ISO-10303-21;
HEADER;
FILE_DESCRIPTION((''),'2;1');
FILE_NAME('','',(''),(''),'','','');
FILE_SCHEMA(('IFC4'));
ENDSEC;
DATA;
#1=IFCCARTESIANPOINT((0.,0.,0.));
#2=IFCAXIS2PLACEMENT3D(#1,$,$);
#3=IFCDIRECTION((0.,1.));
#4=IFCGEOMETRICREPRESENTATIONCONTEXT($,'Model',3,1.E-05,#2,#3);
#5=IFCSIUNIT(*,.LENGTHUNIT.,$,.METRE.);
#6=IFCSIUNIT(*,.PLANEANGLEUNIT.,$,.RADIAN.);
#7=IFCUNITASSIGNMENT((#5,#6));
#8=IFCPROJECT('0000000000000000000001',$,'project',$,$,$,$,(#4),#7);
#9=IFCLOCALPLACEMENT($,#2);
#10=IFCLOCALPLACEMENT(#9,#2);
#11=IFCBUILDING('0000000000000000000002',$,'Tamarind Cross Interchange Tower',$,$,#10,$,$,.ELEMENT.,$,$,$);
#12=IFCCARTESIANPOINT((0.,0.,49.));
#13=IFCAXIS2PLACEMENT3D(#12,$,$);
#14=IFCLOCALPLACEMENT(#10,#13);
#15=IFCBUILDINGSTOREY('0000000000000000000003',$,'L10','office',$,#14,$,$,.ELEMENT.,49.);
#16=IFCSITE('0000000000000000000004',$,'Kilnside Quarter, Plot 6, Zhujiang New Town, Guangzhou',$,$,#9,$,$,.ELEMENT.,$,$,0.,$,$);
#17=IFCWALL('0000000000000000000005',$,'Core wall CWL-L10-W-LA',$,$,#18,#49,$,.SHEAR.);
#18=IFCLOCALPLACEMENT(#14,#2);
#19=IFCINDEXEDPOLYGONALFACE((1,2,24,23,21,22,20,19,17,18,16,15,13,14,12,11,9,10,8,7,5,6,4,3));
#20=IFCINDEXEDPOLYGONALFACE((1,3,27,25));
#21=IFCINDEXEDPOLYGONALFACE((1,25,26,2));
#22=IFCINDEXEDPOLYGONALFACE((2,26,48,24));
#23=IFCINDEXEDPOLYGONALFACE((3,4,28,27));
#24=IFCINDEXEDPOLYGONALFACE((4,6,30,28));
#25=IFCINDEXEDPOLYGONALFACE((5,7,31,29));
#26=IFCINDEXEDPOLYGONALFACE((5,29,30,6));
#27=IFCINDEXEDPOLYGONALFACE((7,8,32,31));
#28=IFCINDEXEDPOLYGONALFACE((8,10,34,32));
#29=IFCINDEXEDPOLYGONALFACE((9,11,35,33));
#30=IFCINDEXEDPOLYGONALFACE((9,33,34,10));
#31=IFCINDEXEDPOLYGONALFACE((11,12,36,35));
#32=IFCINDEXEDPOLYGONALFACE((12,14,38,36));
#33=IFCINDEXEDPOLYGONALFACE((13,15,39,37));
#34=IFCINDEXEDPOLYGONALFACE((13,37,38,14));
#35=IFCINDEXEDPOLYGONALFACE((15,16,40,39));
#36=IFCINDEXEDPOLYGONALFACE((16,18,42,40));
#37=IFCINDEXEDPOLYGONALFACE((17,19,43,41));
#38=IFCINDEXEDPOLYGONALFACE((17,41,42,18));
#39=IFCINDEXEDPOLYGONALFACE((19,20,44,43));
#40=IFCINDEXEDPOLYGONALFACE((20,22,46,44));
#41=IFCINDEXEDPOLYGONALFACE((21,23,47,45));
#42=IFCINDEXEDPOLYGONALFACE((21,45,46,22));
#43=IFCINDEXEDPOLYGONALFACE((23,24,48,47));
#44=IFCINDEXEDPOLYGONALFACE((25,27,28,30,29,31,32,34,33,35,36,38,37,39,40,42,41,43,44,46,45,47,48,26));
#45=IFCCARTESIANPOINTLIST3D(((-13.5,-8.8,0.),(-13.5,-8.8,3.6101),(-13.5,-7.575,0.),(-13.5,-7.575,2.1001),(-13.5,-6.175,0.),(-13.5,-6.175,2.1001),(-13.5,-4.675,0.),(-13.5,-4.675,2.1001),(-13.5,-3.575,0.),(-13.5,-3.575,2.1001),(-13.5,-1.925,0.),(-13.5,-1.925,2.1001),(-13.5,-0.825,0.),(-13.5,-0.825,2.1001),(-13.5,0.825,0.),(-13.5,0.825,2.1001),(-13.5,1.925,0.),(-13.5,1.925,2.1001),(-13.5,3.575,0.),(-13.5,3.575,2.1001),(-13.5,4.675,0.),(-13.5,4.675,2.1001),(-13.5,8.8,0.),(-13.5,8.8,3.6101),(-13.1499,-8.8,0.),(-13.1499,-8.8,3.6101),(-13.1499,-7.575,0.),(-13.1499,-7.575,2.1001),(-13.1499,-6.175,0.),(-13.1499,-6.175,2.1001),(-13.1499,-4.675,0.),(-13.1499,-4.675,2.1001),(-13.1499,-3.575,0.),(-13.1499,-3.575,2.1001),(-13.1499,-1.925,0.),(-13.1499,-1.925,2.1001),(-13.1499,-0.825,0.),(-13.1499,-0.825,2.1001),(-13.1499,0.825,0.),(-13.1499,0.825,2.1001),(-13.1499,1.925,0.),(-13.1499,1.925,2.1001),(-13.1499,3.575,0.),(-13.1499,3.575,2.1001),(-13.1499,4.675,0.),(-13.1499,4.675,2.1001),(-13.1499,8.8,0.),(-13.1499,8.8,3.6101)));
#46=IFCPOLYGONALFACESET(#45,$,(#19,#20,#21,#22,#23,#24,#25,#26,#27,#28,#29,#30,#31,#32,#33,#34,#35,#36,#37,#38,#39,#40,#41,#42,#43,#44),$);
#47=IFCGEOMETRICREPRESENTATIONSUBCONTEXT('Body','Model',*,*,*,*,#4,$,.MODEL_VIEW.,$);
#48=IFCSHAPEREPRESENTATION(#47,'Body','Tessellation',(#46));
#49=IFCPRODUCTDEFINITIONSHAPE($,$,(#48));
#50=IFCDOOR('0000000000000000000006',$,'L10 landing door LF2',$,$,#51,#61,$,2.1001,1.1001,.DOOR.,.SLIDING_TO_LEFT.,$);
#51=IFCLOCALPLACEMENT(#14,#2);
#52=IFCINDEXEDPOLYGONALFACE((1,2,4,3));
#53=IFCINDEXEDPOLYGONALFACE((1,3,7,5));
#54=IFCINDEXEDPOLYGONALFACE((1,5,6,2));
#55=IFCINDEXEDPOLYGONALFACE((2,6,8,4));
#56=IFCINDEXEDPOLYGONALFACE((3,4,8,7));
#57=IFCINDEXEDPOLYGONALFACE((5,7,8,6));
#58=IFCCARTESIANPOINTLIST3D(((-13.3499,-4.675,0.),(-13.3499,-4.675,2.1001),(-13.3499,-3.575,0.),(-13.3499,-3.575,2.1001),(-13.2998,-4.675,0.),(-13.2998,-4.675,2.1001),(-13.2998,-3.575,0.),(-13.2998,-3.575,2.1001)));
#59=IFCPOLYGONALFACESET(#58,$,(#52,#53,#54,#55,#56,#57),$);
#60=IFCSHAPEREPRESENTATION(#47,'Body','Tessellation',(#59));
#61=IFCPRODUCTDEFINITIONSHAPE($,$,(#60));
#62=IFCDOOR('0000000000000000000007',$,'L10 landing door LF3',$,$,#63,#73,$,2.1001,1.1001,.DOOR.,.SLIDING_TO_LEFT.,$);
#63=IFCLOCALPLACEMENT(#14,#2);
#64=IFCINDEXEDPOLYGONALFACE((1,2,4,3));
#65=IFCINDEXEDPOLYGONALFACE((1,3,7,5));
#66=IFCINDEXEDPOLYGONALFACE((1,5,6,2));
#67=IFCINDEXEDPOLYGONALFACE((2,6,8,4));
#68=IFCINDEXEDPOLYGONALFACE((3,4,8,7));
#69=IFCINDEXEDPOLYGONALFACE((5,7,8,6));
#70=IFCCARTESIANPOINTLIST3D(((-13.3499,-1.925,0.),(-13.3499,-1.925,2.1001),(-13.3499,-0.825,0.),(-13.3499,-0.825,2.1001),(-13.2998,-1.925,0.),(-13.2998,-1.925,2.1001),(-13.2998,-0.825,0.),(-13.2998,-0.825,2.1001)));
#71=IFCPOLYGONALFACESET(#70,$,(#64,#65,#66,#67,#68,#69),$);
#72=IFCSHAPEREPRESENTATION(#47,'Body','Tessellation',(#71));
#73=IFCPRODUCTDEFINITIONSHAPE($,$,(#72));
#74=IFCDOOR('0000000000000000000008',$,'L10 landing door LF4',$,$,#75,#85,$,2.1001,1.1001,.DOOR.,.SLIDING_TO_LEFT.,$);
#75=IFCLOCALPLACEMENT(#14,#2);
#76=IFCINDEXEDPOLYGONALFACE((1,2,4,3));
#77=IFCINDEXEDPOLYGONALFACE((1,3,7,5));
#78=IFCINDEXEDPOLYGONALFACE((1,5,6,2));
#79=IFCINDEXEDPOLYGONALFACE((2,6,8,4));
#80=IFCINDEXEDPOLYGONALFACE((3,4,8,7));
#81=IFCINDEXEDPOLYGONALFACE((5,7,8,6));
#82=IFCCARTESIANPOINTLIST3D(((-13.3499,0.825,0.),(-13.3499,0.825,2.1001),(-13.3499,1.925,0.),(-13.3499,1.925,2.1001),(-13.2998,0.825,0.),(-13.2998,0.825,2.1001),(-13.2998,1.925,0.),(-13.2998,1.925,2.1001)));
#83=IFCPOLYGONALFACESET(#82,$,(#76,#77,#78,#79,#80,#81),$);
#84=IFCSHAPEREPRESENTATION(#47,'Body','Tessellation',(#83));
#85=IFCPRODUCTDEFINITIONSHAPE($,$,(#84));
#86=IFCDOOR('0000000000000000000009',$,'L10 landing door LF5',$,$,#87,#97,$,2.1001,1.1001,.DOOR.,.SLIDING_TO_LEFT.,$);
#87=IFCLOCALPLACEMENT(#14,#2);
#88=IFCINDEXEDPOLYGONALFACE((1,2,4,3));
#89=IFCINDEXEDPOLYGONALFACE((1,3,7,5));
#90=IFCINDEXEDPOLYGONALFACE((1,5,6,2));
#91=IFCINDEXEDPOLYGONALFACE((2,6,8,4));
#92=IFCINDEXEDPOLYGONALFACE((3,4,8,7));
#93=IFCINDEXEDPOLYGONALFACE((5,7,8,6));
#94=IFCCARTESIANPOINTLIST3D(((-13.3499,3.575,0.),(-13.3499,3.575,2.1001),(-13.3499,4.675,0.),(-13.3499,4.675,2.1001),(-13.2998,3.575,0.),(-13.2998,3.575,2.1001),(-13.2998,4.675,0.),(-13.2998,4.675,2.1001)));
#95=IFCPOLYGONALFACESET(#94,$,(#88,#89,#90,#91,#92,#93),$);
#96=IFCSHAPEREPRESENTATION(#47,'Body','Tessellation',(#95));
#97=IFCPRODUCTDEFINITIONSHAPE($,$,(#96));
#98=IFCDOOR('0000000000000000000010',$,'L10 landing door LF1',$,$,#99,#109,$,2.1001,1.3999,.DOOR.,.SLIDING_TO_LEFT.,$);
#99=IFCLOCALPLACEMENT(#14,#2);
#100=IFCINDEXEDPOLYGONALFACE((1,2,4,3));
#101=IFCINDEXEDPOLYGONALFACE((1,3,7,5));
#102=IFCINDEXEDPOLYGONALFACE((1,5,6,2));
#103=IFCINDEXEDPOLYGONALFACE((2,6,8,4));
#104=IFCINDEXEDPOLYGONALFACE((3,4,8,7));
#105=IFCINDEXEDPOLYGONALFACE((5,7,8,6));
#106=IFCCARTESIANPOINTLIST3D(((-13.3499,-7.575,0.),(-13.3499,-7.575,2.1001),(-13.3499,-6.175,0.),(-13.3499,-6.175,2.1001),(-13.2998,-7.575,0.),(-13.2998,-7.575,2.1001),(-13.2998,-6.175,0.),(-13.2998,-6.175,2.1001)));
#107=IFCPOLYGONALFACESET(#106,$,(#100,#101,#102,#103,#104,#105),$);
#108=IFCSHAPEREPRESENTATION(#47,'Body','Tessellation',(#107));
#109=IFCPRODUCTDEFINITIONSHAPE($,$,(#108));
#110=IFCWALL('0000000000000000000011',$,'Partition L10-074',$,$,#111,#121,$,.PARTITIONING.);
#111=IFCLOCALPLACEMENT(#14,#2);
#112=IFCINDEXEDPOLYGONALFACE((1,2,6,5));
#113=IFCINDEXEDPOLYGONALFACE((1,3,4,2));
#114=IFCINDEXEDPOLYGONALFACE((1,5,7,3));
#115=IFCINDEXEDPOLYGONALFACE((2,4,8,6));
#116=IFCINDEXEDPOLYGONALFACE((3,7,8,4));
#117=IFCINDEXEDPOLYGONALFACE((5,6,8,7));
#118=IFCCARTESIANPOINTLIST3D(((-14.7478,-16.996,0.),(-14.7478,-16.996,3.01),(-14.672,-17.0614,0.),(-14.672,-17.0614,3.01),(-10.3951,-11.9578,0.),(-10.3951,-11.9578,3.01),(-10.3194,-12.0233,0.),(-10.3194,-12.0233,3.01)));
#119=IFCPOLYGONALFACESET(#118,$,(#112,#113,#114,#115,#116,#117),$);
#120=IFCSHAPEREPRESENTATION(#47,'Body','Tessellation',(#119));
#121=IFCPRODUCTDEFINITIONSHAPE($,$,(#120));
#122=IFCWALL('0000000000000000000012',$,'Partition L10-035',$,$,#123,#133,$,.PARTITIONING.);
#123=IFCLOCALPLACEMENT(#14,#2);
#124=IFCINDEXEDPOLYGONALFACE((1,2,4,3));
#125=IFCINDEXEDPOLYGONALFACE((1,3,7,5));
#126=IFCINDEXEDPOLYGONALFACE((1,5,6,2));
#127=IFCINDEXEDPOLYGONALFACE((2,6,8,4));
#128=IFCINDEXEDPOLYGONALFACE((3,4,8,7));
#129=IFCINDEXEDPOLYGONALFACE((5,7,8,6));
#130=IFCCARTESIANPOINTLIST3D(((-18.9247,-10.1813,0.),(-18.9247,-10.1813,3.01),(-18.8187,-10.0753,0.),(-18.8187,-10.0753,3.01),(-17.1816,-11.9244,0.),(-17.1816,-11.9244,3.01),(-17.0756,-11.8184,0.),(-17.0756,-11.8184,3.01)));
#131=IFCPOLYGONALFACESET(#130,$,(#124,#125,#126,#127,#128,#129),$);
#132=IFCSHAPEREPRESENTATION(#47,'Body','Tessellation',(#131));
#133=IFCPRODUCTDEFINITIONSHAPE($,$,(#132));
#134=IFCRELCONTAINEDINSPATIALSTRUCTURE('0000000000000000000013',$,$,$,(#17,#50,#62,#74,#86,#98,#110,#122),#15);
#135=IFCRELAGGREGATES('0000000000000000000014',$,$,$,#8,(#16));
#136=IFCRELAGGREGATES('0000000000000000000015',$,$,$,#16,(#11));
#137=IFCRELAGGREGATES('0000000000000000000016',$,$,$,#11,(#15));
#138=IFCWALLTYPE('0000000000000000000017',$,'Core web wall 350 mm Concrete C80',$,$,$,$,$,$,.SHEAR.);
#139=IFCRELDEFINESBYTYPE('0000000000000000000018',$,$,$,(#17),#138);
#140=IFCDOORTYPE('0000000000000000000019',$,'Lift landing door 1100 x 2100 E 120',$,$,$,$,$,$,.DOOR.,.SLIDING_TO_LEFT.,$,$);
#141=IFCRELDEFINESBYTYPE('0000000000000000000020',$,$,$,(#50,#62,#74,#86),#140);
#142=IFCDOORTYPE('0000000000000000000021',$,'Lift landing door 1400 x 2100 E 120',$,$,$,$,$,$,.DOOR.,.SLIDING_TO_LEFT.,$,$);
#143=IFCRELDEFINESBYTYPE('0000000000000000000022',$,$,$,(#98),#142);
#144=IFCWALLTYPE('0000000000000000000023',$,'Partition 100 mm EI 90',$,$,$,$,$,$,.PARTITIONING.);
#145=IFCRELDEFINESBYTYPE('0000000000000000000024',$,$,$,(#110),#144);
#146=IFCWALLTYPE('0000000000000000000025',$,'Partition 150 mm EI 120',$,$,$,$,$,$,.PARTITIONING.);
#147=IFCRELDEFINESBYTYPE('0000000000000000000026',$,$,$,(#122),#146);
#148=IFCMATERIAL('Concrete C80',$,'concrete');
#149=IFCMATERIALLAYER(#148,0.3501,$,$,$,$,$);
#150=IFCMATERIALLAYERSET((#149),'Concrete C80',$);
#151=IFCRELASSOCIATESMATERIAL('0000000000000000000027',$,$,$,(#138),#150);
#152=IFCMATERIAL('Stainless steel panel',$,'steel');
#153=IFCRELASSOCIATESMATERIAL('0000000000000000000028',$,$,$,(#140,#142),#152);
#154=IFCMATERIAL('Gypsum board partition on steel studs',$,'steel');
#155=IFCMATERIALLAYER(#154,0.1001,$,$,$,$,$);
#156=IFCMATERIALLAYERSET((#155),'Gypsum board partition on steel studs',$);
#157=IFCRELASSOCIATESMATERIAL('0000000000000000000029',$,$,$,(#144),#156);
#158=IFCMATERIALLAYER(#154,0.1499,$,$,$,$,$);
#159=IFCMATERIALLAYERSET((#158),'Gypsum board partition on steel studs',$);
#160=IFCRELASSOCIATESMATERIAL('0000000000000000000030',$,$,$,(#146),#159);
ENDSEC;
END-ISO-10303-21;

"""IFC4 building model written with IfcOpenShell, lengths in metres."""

from ifc_helpers import new_model, si_unit, direction, frame, frame_2d, origin, place, context, subcontext, project, spatial, rectangle, extrude, material, layer, layer_set, type_object, element, fill, save


model = new_model("IFC4")

# Units and contexts
model_context = context("Model", 3, precision=1e-05, world=origin(), true_north=direction((0.0, 1.0)))
body_context = subcontext(model_context, "Body", "Model", "MODEL_VIEW")
ifc_project = project(units=[si_unit("LENGTHUNIT", "METRE"), si_unit("PLANEANGLEUNIT", "RADIAN")], contexts=[model_context])

# Site, building, storey
site_placement = place(None, origin())
site = spatial("IfcSite", under=ifc_project, at=site_placement, Name="Kilnside Quarter, Plot 6, Zhujiang New Town, Guangzhou", CompositionType="ELEMENT", RefElevation=0.0)
building_placement = place(site_placement, origin())
building = spatial("IfcBuilding", under=site, at=building_placement, Name="Tamarind Cross Interchange Tower", CompositionType="ELEMENT")
storey_placement = place(building_placement, frame((0.0, 0.0, 49.0)))
storey = spatial("IfcBuildingStorey", under=building, at=storey_placement, Name="L10", Description="office", CompositionType="ELEMENT", Elevation=49.0)

# Wall, openings, doors
ifc_material_1 = material(Name="Concrete C80", Category="concrete")
ifc_layer_1 = layer(ifc_material_1, 0.3501)
ifc_layer_set_1 = layer_set([ifc_layer_1], Name="Concrete C80")
wall_type_1 = type_object("IfcWallType", Name="Core web wall 350 mm Concrete C80", PredefinedType="SHEAR", material=ifc_layer_set_1)
wall_1_placement = place(storey_placement, frame((-13.325, -8.8, 0.0), z_axis=(0.0, 0.0, 1.0), x_axis=(0.0, 1.0, 0.0)))
wall_1 = element("IfcWall", 1, at=wall_1_placement, inside=storey, type_object=wall_type_1, Name="Core wall CWL-L10-W-LA", PredefinedType="SHEAR", context=body_context, shape_type="SweptSolid", body=[
    extrude(rectangle(XDim=17.6001, YDim=0.3501, at=frame_2d((8.8, 0.0))), origin(), (0.0, 0.0, 1.0), 3.6101),
])
opening_1_placement = place(wall_1_placement, frame((1.2251, 0.0, 0.0)))
opening_1 = element("IfcOpeningElement", 2, at=opening_1_placement, cuts=wall_1, PredefinedType="OPENING", context=body_context, shape_type="SweptSolid", body=[
    extrude(rectangle(XDim=1.3999, YDim=2.1001, at=frame_2d((0.7, 1.05))), frame((0.0, 0.1851, 0.0), z_axis=(0.0, -1.0, 0.0), x_axis=(1.0, 0.0, 0.0)), (0.0, 0.0, 1.0), 0.3701),
])
opening_2_placement = place(wall_1_placement, frame((4.125, 0.0, 0.0)))
opening_2 = element("IfcOpeningElement", 3, at=opening_2_placement, cuts=wall_1, PredefinedType="OPENING", context=body_context, shape_type="SweptSolid", body=[
    extrude(rectangle(XDim=1.1001, YDim=2.1001, at=frame_2d((0.55, 1.05))), frame((0.0, 0.1851, 0.0), z_axis=(0.0, -1.0, 0.0), x_axis=(1.0, 0.0, 0.0)), (0.0, 0.0, 1.0), 0.3701),
])
opening_3_placement = place(wall_1_placement, frame((6.875, 0.0, 0.0)))
opening_3 = element("IfcOpeningElement", 4, at=opening_3_placement, cuts=wall_1, PredefinedType="OPENING", context=body_context, shape_type="SweptSolid", body=[
    extrude(rectangle(XDim=1.1001, YDim=2.1001, at=frame_2d((0.55, 1.05))), frame((0.0, 0.1851, 0.0), z_axis=(0.0, -1.0, 0.0), x_axis=(1.0, 0.0, 0.0)), (0.0, 0.0, 1.0), 0.3701),
])
opening_4_placement = place(wall_1_placement, frame((9.625, 0.0, 0.0)))
opening_4 = element("IfcOpeningElement", 5, at=opening_4_placement, cuts=wall_1, PredefinedType="OPENING", context=body_context, shape_type="SweptSolid", body=[
    extrude(rectangle(XDim=1.1001, YDim=2.1001, at=frame_2d((0.55, 1.05))), frame((0.0, 0.1851, 0.0), z_axis=(0.0, -1.0, 0.0), x_axis=(1.0, 0.0, 0.0)), (0.0, 0.0, 1.0), 0.3701),
])
opening_5_placement = place(wall_1_placement, frame((12.375, 0.0, 0.0)))
opening_5 = element("IfcOpeningElement", 6, at=opening_5_placement, cuts=wall_1, PredefinedType="OPENING", context=body_context, shape_type="SweptSolid", body=[
    extrude(rectangle(XDim=1.1001, YDim=2.1001, at=frame_2d((0.55, 1.05))), frame((0.0, 0.1851, 0.0), z_axis=(0.0, -1.0, 0.0), x_axis=(1.0, 0.0, 0.0)), (0.0, 0.0, 1.0), 0.3701),
])
ifc_material_2 = material(Name="Stainless steel panel", Category="steel")
door_type_1 = type_object("IfcDoorType", Name="Lift landing door 1100 x 2100 E 120", OperationType="SLIDING_TO_LEFT", PredefinedType="DOOR", material=ifc_material_2)
door_1_placement = place(opening_2_placement, origin())
door_1 = element("IfcDoor", 7, at=door_1_placement, inside=storey, type_object=door_type_1, Name="L10 landing door LF2", OperationType="SLIDING_TO_LEFT", OverallHeight=2.1001, OverallWidth=1.1001, PredefinedType="DOOR", context=body_context, shape_type="SweptSolid", body=[
    extrude(rectangle(XDim=1.1001, YDim=2.1001, at=frame_2d((0.55, 1.05))), frame((0.0, 0.0249, 0.0), z_axis=(0.0, -1.0, 0.0), x_axis=(1.0, 0.0, 0.0)), (0.0, 0.0, 1.0), 0.05),
])
fill(opening_2, door_1)
door_2_placement = place(opening_3_placement, origin())
door_2 = element("IfcDoor", 8, at=door_2_placement, inside=storey, type_object=door_type_1, Name="L10 landing door LF3", OperationType="SLIDING_TO_LEFT", OverallHeight=2.1001, OverallWidth=1.1001, PredefinedType="DOOR", context=body_context, shape_type="SweptSolid", body=[
    extrude(rectangle(XDim=1.1001, YDim=2.1001, at=frame_2d((0.55, 1.05))), frame((0.0, 0.0249, 0.0), z_axis=(0.0, -1.0, 0.0), x_axis=(1.0, 0.0, 0.0)), (0.0, 0.0, 1.0), 0.05),
])
fill(opening_3, door_2)
door_3_placement = place(opening_4_placement, origin())
door_3 = element("IfcDoor", 9, at=door_3_placement, inside=storey, type_object=door_type_1, Name="L10 landing door LF4", OperationType="SLIDING_TO_LEFT", OverallHeight=2.1001, OverallWidth=1.1001, PredefinedType="DOOR", context=body_context, shape_type="SweptSolid", body=[
    extrude(rectangle(XDim=1.1001, YDim=2.1001, at=frame_2d((0.55, 1.05))), frame((0.0, 0.0249, 0.0), z_axis=(0.0, -1.0, 0.0), x_axis=(1.0, 0.0, 0.0)), (0.0, 0.0, 1.0), 0.05),
])
fill(opening_4, door_3)
door_4_placement = place(opening_5_placement, origin())
door_4 = element("IfcDoor", 10, at=door_4_placement, inside=storey, type_object=door_type_1, Name="L10 landing door LF5", OperationType="SLIDING_TO_LEFT", OverallHeight=2.1001, OverallWidth=1.1001, PredefinedType="DOOR", context=body_context, shape_type="SweptSolid", body=[
    extrude(rectangle(XDim=1.1001, YDim=2.1001, at=frame_2d((0.55, 1.05))), frame((0.0, 0.0249, 0.0), z_axis=(0.0, -1.0, 0.0), x_axis=(1.0, 0.0, 0.0)), (0.0, 0.0, 1.0), 0.05),
])
fill(opening_5, door_4)
door_type_2 = type_object("IfcDoorType", Name="Lift landing door 1400 x 2100 E 120", OperationType="SLIDING_TO_LEFT", PredefinedType="DOOR", material=ifc_material_2)
door_5_placement = place(opening_1_placement, origin())
door_5 = element("IfcDoor", 11, at=door_5_placement, inside=storey, type_object=door_type_2, Name="L10 landing door LF1", OperationType="SLIDING_TO_LEFT", OverallHeight=2.1001, OverallWidth=1.3999, PredefinedType="DOOR", context=body_context, shape_type="SweptSolid", body=[
    extrude(rectangle(XDim=1.3999, YDim=2.1001, at=frame_2d((0.7, 1.05))), frame((0.0, 0.0249, 0.0), z_axis=(0.0, -1.0, 0.0), x_axis=(1.0, 0.0, 0.0)), (0.0, 0.0, 1.0), 0.05),
])
fill(opening_1, door_5)

# Walls
ifc_material_3 = material(Name="Gypsum board partition on steel studs", Category="steel")
ifc_layer_2 = layer(ifc_material_3, 0.1001)
ifc_layer_set_2 = layer_set([ifc_layer_2], Name="Gypsum board partition on steel studs")
wall_type_2 = type_object("IfcWallType", Name="Partition 100 mm EI 90", PredefinedType="PARTITIONING", material=ifc_layer_set_2)
wall_2_placement = place(storey_placement, frame((-14.71, -17.0288, 0.0), z_axis=(0.0, 0.0, 1.0), x_axis=(0.653746, 0.756714, 0.0)))
element("IfcWall", 12, at=wall_2_placement, inside=storey, type_object=wall_type_2, Name="Partition L10-074", PredefinedType="PARTITIONING", context=body_context, shape_type="SweptSolid", body=[
    extrude(rectangle(XDim=6.658, YDim=0.1001, at=frame_2d((3.3291, 0.0))), origin(), (0.0, 0.0, 1.0), 3.01),
])
ifc_layer_3 = layer(ifc_material_3, 0.1499)
ifc_layer_set_3 = layer_set([ifc_layer_3], Name="Gypsum board partition on steel studs")
wall_type_3 = type_object("IfcWallType", Name="Partition 150 mm EI 120", PredefinedType="PARTITIONING", material=ifc_layer_set_3)
wall_3_placement = place(storey_placement, frame((-18.8716, -10.1284, 0.0), z_axis=(0.0, 0.0, 1.0), x_axis=(0.707107, -0.707107, 0.0)))
element("IfcWall", 13, at=wall_3_placement, inside=storey, type_object=wall_type_3, Name="Partition L10-035", PredefinedType="PARTITIONING", context=body_context, shape_type="SweptSolid", body=[
    extrude(rectangle(XDim=2.4651, YDim=0.1499, at=frame_2d((1.2324, 0.0))), origin(), (0.0, 0.0, 1.0), 3.01),
])

save(model, "model.ifc")
